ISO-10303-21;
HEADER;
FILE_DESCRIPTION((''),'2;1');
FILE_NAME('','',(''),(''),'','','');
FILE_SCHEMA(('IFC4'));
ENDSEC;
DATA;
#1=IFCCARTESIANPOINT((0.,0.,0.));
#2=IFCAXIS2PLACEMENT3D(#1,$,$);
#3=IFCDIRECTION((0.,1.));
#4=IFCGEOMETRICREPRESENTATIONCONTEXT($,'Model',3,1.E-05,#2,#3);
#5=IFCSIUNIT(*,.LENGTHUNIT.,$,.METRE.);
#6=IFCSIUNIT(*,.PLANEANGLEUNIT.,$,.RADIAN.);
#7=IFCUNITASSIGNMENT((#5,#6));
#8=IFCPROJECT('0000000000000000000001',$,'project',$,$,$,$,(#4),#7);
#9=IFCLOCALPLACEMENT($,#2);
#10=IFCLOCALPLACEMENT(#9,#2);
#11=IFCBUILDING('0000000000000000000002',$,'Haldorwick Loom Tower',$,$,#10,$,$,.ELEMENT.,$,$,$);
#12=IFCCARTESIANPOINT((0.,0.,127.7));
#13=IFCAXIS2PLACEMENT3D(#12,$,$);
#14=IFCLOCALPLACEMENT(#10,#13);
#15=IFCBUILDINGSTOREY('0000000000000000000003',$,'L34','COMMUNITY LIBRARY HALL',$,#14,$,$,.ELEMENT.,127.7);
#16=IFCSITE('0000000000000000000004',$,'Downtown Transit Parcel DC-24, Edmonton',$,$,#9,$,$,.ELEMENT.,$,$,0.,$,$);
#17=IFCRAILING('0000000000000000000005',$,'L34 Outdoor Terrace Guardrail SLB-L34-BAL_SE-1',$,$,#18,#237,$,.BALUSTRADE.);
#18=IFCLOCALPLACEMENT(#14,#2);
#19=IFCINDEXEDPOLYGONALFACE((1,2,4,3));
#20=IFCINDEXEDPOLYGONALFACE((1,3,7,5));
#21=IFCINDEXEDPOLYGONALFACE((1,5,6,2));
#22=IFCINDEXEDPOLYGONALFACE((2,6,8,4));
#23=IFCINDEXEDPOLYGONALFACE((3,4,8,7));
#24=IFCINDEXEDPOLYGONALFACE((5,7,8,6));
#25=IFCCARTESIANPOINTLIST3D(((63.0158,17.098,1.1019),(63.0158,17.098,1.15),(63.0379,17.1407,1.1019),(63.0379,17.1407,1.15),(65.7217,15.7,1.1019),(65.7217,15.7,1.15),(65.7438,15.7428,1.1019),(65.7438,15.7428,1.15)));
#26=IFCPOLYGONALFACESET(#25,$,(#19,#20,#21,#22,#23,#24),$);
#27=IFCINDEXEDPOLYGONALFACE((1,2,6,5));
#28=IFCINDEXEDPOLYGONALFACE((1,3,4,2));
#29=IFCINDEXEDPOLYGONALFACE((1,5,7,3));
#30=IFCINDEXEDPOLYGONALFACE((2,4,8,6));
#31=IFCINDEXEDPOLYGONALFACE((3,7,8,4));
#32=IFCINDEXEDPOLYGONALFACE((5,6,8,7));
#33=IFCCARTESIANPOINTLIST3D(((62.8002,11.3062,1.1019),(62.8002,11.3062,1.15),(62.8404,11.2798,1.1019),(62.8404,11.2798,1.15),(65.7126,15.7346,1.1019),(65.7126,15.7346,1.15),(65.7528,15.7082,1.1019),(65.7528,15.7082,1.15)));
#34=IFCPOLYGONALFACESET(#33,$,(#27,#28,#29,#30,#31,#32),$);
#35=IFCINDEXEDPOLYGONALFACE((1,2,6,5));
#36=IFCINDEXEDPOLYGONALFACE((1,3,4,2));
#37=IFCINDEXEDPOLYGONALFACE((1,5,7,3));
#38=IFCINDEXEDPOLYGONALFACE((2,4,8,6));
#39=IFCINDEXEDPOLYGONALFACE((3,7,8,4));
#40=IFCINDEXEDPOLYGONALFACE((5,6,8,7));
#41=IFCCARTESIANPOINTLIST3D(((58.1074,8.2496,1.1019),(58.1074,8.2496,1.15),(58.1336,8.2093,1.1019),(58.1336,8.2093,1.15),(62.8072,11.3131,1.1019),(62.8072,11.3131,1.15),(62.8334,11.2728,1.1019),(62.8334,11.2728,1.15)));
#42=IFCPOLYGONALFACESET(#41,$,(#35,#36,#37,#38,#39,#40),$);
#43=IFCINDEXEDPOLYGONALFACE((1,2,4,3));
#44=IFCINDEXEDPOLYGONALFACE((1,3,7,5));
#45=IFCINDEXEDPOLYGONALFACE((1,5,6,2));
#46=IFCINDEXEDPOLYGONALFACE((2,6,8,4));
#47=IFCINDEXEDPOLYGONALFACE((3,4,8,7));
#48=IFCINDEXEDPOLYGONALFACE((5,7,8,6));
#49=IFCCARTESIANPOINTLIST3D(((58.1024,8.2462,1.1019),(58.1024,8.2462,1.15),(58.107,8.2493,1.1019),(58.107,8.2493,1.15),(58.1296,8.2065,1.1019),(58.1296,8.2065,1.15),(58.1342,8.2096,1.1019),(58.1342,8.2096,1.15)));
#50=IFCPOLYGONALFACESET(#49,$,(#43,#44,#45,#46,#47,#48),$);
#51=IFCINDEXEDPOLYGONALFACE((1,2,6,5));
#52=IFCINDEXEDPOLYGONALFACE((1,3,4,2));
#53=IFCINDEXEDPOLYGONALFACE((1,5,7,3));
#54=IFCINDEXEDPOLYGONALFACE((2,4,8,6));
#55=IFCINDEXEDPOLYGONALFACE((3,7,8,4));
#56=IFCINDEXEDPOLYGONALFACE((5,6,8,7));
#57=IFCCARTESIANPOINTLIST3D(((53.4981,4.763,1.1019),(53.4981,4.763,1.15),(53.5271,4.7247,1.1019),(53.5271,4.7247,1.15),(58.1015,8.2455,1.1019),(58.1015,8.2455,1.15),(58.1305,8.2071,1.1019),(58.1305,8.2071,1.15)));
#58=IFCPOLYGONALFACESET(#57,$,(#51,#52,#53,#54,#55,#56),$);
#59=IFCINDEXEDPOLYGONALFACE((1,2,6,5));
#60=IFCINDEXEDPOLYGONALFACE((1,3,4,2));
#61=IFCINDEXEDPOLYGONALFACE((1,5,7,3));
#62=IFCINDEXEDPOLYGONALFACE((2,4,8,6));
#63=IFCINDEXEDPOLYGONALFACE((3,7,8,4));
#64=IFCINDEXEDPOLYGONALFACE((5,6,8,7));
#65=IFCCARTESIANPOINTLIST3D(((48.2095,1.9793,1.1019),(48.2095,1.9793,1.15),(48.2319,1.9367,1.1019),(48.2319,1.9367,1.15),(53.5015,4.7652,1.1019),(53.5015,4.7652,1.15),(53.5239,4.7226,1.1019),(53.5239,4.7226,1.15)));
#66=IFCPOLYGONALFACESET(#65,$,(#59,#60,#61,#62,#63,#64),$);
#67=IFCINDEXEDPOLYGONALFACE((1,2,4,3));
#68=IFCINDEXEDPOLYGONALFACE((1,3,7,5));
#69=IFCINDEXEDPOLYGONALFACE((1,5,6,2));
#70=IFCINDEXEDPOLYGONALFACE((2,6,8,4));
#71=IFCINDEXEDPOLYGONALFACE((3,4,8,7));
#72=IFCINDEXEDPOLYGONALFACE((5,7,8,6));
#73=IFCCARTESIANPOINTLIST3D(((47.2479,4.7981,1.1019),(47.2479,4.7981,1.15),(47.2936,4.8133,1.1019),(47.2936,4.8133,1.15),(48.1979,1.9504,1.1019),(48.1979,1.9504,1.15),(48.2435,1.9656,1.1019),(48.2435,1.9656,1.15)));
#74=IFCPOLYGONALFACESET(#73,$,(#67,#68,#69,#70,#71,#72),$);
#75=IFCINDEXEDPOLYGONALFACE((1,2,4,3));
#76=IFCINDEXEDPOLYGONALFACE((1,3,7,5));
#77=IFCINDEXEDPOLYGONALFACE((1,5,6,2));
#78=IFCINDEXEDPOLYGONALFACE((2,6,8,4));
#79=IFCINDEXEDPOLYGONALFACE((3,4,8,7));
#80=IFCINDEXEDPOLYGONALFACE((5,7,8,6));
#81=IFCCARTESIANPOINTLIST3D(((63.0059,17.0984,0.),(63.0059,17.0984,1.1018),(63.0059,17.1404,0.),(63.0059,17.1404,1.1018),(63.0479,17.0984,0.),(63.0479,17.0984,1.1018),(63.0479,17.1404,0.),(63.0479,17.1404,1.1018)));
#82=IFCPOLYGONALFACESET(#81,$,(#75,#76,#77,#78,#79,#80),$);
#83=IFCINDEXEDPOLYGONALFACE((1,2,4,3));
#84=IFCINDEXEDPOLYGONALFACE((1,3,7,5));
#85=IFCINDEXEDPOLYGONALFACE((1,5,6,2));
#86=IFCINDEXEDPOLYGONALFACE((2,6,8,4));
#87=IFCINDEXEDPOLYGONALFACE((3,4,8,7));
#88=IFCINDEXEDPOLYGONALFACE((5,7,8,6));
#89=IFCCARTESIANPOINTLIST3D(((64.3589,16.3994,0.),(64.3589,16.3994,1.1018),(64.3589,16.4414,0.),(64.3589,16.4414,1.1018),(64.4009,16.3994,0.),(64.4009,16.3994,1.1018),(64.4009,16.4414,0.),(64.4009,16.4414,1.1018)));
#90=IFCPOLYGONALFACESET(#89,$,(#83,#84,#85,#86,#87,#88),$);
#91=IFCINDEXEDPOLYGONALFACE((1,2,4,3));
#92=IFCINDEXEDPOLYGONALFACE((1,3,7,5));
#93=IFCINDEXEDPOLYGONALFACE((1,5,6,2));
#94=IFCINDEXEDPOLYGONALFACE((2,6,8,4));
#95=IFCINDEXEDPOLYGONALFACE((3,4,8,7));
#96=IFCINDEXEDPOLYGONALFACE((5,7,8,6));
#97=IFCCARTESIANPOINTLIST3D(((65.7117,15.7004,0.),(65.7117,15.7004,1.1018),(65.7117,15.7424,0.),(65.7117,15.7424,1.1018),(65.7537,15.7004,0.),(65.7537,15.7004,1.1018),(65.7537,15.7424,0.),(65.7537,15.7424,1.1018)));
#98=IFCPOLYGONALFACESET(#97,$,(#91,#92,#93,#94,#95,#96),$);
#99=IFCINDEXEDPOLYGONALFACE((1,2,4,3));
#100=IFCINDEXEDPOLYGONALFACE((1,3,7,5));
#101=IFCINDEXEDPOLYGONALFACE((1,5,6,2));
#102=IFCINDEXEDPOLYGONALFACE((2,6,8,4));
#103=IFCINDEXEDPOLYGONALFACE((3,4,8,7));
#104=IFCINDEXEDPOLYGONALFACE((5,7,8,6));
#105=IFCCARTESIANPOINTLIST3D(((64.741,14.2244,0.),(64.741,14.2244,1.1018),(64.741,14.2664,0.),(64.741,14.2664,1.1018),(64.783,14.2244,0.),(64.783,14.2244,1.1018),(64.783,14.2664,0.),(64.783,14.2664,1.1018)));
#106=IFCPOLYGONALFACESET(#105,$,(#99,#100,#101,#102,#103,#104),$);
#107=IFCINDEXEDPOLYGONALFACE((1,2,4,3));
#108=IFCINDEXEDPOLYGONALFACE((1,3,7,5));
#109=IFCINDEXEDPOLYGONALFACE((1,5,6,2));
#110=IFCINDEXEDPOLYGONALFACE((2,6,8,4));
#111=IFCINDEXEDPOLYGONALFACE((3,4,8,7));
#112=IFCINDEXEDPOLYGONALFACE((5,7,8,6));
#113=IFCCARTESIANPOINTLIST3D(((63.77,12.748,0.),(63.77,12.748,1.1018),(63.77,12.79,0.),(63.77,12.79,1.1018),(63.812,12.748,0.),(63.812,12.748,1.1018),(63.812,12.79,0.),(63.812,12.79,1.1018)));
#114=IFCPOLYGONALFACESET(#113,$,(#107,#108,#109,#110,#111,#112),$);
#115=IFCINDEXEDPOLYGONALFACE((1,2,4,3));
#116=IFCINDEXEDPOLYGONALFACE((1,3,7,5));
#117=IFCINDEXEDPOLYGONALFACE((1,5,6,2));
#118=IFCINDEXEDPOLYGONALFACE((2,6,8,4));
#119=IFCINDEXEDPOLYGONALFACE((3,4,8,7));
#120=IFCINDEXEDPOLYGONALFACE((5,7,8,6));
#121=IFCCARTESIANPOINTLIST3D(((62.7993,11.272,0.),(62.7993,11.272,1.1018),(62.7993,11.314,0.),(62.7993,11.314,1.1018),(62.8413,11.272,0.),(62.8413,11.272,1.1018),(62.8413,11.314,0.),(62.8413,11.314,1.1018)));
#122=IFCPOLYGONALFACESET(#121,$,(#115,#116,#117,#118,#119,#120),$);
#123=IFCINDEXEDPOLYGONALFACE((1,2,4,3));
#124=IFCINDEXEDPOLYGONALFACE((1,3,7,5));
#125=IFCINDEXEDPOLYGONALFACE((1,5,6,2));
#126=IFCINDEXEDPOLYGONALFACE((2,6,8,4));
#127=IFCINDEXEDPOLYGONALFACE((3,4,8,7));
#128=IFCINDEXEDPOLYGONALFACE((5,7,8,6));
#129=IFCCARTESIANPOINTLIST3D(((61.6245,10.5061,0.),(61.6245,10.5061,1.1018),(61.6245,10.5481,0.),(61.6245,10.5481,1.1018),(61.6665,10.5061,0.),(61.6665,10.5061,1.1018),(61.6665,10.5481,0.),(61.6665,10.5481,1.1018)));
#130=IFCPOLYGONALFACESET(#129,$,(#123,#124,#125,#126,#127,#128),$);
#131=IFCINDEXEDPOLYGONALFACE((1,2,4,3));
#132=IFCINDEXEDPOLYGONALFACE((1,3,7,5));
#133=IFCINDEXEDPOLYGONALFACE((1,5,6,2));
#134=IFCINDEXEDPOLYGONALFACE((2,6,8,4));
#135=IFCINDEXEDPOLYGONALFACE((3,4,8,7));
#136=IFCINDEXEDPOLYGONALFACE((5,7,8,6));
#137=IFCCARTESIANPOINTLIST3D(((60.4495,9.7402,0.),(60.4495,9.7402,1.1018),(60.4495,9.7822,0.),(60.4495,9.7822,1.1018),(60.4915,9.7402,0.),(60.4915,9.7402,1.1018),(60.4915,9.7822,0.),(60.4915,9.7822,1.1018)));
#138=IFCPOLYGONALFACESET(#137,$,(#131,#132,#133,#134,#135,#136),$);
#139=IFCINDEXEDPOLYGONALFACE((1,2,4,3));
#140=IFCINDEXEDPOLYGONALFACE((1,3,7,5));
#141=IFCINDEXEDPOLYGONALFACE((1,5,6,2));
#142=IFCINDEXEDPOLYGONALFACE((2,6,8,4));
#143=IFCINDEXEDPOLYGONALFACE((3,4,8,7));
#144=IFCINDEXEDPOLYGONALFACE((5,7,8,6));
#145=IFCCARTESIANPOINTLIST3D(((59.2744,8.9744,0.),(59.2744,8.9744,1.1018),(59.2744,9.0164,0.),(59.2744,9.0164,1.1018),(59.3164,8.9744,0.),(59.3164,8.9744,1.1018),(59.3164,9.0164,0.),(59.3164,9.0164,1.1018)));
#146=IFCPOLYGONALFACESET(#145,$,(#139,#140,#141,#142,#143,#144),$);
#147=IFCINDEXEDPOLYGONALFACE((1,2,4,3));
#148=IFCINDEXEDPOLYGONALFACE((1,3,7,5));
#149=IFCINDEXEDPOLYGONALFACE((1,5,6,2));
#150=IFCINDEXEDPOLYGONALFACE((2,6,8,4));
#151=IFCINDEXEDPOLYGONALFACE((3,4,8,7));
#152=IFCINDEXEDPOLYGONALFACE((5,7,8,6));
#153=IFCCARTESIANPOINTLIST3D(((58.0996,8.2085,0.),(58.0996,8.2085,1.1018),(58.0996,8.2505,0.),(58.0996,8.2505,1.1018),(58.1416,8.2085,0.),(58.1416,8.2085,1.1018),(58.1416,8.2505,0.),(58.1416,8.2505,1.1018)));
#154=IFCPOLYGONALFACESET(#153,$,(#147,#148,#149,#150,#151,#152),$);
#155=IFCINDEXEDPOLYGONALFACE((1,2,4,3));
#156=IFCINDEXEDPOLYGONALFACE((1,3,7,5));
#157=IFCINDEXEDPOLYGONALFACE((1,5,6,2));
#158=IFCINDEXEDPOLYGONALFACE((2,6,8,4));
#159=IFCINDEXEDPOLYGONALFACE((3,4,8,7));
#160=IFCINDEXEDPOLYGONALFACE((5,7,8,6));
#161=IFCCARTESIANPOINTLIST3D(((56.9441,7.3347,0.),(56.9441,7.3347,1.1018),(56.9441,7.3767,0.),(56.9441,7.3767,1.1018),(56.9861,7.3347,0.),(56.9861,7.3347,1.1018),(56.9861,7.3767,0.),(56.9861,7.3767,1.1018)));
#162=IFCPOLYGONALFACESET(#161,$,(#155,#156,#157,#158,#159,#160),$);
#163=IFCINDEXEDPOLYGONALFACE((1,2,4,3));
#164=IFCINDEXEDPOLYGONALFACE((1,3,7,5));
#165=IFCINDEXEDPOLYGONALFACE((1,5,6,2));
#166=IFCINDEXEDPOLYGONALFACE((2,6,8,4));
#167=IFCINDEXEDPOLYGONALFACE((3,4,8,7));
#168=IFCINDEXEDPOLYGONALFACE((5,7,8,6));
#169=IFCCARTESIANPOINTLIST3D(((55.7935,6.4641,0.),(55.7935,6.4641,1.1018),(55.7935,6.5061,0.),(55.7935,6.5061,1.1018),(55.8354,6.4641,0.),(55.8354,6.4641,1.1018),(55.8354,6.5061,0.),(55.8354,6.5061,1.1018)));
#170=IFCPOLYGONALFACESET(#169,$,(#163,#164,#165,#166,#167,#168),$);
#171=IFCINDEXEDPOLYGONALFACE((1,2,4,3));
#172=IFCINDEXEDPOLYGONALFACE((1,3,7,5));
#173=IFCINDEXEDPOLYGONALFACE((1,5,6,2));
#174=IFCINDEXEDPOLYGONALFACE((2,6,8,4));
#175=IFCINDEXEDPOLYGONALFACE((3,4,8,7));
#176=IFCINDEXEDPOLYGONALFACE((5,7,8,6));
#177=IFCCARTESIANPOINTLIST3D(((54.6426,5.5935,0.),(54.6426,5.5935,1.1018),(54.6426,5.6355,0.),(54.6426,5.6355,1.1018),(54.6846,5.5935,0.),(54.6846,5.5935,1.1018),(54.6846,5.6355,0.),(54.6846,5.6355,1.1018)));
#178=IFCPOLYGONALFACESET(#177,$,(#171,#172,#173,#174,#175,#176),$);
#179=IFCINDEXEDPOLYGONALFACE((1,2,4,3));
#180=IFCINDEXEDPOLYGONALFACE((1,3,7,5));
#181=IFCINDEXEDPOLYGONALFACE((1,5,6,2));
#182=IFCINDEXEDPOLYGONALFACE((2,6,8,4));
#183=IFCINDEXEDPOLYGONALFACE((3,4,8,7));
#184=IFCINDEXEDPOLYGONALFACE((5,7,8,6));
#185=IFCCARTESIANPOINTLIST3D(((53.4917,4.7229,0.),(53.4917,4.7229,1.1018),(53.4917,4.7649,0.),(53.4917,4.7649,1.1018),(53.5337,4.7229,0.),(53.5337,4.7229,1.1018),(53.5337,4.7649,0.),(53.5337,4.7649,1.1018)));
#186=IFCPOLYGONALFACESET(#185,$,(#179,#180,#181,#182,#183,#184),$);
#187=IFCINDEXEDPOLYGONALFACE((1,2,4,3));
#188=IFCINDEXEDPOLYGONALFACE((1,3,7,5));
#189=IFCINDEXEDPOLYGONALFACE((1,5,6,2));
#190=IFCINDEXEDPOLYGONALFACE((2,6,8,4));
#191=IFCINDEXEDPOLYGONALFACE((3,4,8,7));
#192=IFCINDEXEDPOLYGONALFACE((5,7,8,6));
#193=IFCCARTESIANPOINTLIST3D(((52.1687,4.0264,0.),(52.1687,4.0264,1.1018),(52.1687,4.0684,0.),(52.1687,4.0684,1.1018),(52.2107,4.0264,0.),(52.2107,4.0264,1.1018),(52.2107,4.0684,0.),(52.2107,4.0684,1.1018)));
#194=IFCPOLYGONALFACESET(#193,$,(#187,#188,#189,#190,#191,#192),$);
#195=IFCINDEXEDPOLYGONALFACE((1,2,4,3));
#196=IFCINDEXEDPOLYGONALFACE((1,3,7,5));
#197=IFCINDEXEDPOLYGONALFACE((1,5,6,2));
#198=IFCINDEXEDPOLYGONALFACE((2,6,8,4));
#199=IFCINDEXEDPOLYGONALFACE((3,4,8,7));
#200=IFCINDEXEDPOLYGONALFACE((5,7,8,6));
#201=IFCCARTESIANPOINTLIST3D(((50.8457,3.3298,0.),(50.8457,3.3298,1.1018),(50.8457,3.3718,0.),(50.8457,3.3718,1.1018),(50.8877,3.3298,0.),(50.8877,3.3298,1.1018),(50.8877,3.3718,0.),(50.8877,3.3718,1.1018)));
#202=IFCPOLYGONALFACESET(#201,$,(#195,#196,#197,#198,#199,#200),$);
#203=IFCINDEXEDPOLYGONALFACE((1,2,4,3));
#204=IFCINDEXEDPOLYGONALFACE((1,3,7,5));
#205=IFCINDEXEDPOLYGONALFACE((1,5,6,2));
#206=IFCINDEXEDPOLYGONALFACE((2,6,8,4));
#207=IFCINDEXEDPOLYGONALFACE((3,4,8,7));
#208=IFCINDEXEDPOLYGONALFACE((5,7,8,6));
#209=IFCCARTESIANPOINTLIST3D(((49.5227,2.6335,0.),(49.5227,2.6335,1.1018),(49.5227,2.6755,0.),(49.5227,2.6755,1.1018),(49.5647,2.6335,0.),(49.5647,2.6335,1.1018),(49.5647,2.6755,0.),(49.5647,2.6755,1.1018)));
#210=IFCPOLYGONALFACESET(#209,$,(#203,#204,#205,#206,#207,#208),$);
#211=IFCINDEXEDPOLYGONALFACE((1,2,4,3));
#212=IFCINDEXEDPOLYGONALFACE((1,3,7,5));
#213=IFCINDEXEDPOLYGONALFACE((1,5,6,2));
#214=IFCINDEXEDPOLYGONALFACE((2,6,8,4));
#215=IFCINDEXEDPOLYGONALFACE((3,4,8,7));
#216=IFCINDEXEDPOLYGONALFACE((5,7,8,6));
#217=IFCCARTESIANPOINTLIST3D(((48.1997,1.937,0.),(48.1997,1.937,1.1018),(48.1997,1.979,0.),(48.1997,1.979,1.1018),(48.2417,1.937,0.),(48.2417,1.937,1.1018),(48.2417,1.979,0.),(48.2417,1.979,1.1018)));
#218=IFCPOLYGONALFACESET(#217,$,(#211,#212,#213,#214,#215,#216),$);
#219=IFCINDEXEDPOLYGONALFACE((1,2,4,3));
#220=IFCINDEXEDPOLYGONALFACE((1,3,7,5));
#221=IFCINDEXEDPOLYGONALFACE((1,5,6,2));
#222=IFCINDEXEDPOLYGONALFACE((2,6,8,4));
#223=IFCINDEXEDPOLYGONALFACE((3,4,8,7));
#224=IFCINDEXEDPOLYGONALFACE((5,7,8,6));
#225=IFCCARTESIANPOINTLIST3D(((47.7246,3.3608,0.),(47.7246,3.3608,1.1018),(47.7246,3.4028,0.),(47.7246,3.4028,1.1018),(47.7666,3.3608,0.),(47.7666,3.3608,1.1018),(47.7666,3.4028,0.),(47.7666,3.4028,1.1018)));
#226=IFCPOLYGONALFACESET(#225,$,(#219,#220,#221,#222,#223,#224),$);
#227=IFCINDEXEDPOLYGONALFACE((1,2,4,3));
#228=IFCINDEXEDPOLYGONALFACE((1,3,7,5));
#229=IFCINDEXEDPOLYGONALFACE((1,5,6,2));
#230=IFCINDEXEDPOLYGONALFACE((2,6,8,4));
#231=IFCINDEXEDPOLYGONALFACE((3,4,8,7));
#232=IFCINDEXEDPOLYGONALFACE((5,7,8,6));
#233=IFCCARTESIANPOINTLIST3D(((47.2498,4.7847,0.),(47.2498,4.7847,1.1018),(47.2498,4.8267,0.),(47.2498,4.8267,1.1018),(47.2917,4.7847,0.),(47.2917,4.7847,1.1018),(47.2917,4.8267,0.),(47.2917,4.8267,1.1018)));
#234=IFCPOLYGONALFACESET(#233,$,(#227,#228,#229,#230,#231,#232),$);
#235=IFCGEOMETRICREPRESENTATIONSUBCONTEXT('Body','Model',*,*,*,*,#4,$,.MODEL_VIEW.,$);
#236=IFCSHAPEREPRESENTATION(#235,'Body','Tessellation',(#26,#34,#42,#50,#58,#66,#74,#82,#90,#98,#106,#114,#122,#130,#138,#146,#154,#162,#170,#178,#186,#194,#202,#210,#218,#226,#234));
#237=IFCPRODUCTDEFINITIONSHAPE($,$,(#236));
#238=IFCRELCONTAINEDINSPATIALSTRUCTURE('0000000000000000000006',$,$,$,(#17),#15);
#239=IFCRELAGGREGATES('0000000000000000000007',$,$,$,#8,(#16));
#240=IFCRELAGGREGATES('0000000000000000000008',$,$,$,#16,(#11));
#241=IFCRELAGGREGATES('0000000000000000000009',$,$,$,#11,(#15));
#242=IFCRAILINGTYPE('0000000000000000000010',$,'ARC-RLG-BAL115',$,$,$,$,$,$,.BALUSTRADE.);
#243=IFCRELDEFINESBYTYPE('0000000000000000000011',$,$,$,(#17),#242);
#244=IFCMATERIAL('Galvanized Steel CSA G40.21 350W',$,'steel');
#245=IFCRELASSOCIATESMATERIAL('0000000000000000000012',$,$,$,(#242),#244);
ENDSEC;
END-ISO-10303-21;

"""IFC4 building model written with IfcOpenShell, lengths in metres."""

from ifc_helpers import new_model, si_unit, direction, frame, origin, origin_2d, place, context, subcontext, project, spatial, rectangle, extrude, material, type_object, element, save


model = new_model("IFC4")

# Units and contexts
model_context = context("Model", 3, precision=1e-05, world=origin(), true_north=direction((0.0, 1.0)))
body_context = subcontext(model_context, "Body", "Model", "MODEL_VIEW")
ifc_project = project(units=[si_unit("LENGTHUNIT", "METRE"), si_unit("PLANEANGLEUNIT", "RADIAN")], contexts=[model_context])

# Site, building, storey
site_placement = place(None, origin())
site = spatial("IfcSite", under=ifc_project, at=site_placement, Name="Downtown Transit Parcel DC-24, Edmonton", CompositionType="ELEMENT", RefElevation=0.0)
building_placement = place(site_placement, origin())
building = spatial("IfcBuilding", under=site, at=building_placement, Name="Haldorwick Loom Tower", CompositionType="ELEMENT")
storey_placement = place(building_placement, frame((0.0, 0.0, 127.7)))
storey = spatial("IfcBuildingStorey", under=building, at=storey_placement, Name="L34", Description="COMMUNITY LIBRARY HALL", CompositionType="ELEMENT", Elevation=127.7)

# Railing
ifc_material_1 = material(Name="Galvanized Steel CSA G40.21 350W", Category="steel")
railing_type = type_object("IfcRailingType", Name="ARC-RLG-BAL115", PredefinedType="BALUSTRADE", material=ifc_material_1)
railing_placement = place(storey_placement, frame((63.0269, 17.1194, 0.0)))
element("IfcRailing", 1, at=railing_placement, inside=storey, type_object=railing_type, Name="L34 Outdoor Terrace Guardrail SLB-L34-BAL_SE-1", PredefinedType="BALUSTRADE", context=body_context, shape_type="SweptSolid", body=[
    extrude(rectangle(XDim=0.0481, YDim=0.0481, at=origin_2d()), frame((0.0, 0.0, 1.126), z_axis=(0.888433, -0.459006, 0.0), x_axis=(0.459006, 0.888433, 0.0)), (0.0, 0.0, 1.0), 3.0457),
    extrude(rectangle(XDim=0.0481, YDim=0.0481, at=origin_2d()), frame((2.7058, -1.3979, 1.126), z_axis=(-0.54947, -0.835513, 0.0), x_axis=(0.835513, -0.54947, 0.0)), (0.0, 0.0, 1.0), 5.3003),
    extrude(rectangle(XDim=0.0481, YDim=0.0481, at=origin_2d()), frame((-0.2065, -5.8264, 1.126), z_axis=(-0.837737, -0.546074, 0.0), x_axis=(0.546074, -0.837737, 0.0)), (0.0, 0.0, 1.0), 5.6101),
    extrude(rectangle(XDim=0.0481, YDim=0.0481, at=origin_2d()), frame((-4.9062, -8.8899, 1.126), z_axis=(-0.825307, -0.564684, 0.0), x_axis=(0.564684, -0.825307, 0.0)), (0.0, 0.0, 1.0), 0.0056),
    extrude(rectangle(XDim=0.0481, YDim=0.0481, at=origin_2d()), frame((-4.9109, -8.8931, 1.126), z_axis=(-0.797501, -0.603318, 0.0), x_axis=(0.603318, -0.797501, 0.0)), (0.0, 0.0, 1.0), 5.7722),
    extrude(rectangle(XDim=0.0481, YDim=0.0481, at=origin_2d()), frame((-9.5142, -12.3755, 1.126), z_axis=(-0.884875, -0.465829, 0.0), x_axis=(0.465829, -0.884875, 0.0)), (0.0, 0.0, 1.0), 5.9805),
    extrude(rectangle(XDim=0.0481, YDim=0.0481, at=origin_2d()), frame((-14.8062, -15.1614, 1.126), z_axis=(-0.316447, 0.94861, 0.0), x_axis=(-0.94861, -0.316447, 0.0)), (0.0, 0.0, 1.0), 3.002),
    extrude(rectangle(XDim=0.042, YDim=0.042, at=origin_2d()), origin(), (0.0, 0.0, 1.0), 1.1018),
    extrude(rectangle(XDim=0.042, YDim=0.042, at=origin_2d()), frame((1.353, -0.699, 0.0)), (0.0, 0.0, 1.0), 1.1018),
    extrude(rectangle(XDim=0.042, YDim=0.042, at=origin_2d()), frame((2.7058, -1.3979, 0.0)), (0.0, 0.0, 1.0), 1.1018),
    extrude(rectangle(XDim=0.042, YDim=0.042, at=origin_2d()), frame((1.7351, -2.874, 0.0)), (0.0, 0.0, 1.0), 1.1018),
    extrude(rectangle(XDim=0.042, YDim=0.042, at=origin_2d()), frame((0.7642, -4.3503, 0.0)), (0.0, 0.0, 1.0), 1.1018),
    extrude(rectangle(XDim=0.042, YDim=0.042, at=origin_2d()), frame((-0.2065, -5.8264, 0.0)), (0.0, 0.0, 1.0), 1.1018),
    extrude(rectangle(XDim=0.042, YDim=0.042, at=origin_2d()), frame((-1.3813, -6.5923, 0.0)), (0.0, 0.0, 1.0), 1.1018),
    extrude(rectangle(XDim=0.042, YDim=0.042, at=origin_2d()), frame((-2.5564, -7.3582, 0.0)), (0.0, 0.0, 1.0), 1.1018),
    extrude(rectangle(XDim=0.042, YDim=0.042, at=origin_2d()), frame((-3.7314, -8.124, 0.0)), (0.0, 0.0, 1.0), 1.1018),
    extrude(rectangle(XDim=0.042, YDim=0.042, at=origin_2d()), frame((-4.9062, -8.8899, 0.0)), (0.0, 0.0, 1.0), 1.1018),
    extrude(rectangle(XDim=0.042, YDim=0.042, at=origin_2d()), frame((-6.0618, -9.7637, 0.0)), (0.0, 0.0, 1.0), 1.1018),
    extrude(rectangle(XDim=0.042, YDim=0.042, at=origin_2d()), frame((-7.2124, -10.6343, 0.0)), (0.0, 0.0, 1.0), 1.1018),
    extrude(rectangle(XDim=0.042, YDim=0.042, at=origin_2d()), frame((-8.3633, -11.5049, 0.0)), (0.0, 0.0, 1.0), 1.1018),
    extrude(rectangle(XDim=0.042, YDim=0.042, at=origin_2d()), frame((-9.5142, -12.3755, 0.0)), (0.0, 0.0, 1.0), 1.1018),
    extrude(rectangle(XDim=0.042, YDim=0.042, at=origin_2d()), frame((-10.8372, -13.072, 0.0)), (0.0, 0.0, 1.0), 1.1018),
    extrude(rectangle(XDim=0.042, YDim=0.042, at=origin_2d()), frame((-12.1602, -13.7686, 0.0)), (0.0, 0.0, 1.0), 1.1018),
    extrude(rectangle(XDim=0.042, YDim=0.042, at=origin_2d()), frame((-13.4832, -14.4648, 0.0)), (0.0, 0.0, 1.0), 1.1018),
    extrude(rectangle(XDim=0.042, YDim=0.042, at=origin_2d()), frame((-14.8062, -15.1614, 0.0)), (0.0, 0.0, 1.0), 1.1018),
    extrude(rectangle(XDim=0.042, YDim=0.042, at=origin_2d()), frame((-15.2812, -13.7375, 0.0)), (0.0, 0.0, 1.0), 1.1018),
    extrude(rectangle(XDim=0.042, YDim=0.042, at=origin_2d()), frame((-15.7561, -12.3137, 0.0)), (0.0, 0.0, 1.0), 1.1018),
])

save(model, "model.ifc")
